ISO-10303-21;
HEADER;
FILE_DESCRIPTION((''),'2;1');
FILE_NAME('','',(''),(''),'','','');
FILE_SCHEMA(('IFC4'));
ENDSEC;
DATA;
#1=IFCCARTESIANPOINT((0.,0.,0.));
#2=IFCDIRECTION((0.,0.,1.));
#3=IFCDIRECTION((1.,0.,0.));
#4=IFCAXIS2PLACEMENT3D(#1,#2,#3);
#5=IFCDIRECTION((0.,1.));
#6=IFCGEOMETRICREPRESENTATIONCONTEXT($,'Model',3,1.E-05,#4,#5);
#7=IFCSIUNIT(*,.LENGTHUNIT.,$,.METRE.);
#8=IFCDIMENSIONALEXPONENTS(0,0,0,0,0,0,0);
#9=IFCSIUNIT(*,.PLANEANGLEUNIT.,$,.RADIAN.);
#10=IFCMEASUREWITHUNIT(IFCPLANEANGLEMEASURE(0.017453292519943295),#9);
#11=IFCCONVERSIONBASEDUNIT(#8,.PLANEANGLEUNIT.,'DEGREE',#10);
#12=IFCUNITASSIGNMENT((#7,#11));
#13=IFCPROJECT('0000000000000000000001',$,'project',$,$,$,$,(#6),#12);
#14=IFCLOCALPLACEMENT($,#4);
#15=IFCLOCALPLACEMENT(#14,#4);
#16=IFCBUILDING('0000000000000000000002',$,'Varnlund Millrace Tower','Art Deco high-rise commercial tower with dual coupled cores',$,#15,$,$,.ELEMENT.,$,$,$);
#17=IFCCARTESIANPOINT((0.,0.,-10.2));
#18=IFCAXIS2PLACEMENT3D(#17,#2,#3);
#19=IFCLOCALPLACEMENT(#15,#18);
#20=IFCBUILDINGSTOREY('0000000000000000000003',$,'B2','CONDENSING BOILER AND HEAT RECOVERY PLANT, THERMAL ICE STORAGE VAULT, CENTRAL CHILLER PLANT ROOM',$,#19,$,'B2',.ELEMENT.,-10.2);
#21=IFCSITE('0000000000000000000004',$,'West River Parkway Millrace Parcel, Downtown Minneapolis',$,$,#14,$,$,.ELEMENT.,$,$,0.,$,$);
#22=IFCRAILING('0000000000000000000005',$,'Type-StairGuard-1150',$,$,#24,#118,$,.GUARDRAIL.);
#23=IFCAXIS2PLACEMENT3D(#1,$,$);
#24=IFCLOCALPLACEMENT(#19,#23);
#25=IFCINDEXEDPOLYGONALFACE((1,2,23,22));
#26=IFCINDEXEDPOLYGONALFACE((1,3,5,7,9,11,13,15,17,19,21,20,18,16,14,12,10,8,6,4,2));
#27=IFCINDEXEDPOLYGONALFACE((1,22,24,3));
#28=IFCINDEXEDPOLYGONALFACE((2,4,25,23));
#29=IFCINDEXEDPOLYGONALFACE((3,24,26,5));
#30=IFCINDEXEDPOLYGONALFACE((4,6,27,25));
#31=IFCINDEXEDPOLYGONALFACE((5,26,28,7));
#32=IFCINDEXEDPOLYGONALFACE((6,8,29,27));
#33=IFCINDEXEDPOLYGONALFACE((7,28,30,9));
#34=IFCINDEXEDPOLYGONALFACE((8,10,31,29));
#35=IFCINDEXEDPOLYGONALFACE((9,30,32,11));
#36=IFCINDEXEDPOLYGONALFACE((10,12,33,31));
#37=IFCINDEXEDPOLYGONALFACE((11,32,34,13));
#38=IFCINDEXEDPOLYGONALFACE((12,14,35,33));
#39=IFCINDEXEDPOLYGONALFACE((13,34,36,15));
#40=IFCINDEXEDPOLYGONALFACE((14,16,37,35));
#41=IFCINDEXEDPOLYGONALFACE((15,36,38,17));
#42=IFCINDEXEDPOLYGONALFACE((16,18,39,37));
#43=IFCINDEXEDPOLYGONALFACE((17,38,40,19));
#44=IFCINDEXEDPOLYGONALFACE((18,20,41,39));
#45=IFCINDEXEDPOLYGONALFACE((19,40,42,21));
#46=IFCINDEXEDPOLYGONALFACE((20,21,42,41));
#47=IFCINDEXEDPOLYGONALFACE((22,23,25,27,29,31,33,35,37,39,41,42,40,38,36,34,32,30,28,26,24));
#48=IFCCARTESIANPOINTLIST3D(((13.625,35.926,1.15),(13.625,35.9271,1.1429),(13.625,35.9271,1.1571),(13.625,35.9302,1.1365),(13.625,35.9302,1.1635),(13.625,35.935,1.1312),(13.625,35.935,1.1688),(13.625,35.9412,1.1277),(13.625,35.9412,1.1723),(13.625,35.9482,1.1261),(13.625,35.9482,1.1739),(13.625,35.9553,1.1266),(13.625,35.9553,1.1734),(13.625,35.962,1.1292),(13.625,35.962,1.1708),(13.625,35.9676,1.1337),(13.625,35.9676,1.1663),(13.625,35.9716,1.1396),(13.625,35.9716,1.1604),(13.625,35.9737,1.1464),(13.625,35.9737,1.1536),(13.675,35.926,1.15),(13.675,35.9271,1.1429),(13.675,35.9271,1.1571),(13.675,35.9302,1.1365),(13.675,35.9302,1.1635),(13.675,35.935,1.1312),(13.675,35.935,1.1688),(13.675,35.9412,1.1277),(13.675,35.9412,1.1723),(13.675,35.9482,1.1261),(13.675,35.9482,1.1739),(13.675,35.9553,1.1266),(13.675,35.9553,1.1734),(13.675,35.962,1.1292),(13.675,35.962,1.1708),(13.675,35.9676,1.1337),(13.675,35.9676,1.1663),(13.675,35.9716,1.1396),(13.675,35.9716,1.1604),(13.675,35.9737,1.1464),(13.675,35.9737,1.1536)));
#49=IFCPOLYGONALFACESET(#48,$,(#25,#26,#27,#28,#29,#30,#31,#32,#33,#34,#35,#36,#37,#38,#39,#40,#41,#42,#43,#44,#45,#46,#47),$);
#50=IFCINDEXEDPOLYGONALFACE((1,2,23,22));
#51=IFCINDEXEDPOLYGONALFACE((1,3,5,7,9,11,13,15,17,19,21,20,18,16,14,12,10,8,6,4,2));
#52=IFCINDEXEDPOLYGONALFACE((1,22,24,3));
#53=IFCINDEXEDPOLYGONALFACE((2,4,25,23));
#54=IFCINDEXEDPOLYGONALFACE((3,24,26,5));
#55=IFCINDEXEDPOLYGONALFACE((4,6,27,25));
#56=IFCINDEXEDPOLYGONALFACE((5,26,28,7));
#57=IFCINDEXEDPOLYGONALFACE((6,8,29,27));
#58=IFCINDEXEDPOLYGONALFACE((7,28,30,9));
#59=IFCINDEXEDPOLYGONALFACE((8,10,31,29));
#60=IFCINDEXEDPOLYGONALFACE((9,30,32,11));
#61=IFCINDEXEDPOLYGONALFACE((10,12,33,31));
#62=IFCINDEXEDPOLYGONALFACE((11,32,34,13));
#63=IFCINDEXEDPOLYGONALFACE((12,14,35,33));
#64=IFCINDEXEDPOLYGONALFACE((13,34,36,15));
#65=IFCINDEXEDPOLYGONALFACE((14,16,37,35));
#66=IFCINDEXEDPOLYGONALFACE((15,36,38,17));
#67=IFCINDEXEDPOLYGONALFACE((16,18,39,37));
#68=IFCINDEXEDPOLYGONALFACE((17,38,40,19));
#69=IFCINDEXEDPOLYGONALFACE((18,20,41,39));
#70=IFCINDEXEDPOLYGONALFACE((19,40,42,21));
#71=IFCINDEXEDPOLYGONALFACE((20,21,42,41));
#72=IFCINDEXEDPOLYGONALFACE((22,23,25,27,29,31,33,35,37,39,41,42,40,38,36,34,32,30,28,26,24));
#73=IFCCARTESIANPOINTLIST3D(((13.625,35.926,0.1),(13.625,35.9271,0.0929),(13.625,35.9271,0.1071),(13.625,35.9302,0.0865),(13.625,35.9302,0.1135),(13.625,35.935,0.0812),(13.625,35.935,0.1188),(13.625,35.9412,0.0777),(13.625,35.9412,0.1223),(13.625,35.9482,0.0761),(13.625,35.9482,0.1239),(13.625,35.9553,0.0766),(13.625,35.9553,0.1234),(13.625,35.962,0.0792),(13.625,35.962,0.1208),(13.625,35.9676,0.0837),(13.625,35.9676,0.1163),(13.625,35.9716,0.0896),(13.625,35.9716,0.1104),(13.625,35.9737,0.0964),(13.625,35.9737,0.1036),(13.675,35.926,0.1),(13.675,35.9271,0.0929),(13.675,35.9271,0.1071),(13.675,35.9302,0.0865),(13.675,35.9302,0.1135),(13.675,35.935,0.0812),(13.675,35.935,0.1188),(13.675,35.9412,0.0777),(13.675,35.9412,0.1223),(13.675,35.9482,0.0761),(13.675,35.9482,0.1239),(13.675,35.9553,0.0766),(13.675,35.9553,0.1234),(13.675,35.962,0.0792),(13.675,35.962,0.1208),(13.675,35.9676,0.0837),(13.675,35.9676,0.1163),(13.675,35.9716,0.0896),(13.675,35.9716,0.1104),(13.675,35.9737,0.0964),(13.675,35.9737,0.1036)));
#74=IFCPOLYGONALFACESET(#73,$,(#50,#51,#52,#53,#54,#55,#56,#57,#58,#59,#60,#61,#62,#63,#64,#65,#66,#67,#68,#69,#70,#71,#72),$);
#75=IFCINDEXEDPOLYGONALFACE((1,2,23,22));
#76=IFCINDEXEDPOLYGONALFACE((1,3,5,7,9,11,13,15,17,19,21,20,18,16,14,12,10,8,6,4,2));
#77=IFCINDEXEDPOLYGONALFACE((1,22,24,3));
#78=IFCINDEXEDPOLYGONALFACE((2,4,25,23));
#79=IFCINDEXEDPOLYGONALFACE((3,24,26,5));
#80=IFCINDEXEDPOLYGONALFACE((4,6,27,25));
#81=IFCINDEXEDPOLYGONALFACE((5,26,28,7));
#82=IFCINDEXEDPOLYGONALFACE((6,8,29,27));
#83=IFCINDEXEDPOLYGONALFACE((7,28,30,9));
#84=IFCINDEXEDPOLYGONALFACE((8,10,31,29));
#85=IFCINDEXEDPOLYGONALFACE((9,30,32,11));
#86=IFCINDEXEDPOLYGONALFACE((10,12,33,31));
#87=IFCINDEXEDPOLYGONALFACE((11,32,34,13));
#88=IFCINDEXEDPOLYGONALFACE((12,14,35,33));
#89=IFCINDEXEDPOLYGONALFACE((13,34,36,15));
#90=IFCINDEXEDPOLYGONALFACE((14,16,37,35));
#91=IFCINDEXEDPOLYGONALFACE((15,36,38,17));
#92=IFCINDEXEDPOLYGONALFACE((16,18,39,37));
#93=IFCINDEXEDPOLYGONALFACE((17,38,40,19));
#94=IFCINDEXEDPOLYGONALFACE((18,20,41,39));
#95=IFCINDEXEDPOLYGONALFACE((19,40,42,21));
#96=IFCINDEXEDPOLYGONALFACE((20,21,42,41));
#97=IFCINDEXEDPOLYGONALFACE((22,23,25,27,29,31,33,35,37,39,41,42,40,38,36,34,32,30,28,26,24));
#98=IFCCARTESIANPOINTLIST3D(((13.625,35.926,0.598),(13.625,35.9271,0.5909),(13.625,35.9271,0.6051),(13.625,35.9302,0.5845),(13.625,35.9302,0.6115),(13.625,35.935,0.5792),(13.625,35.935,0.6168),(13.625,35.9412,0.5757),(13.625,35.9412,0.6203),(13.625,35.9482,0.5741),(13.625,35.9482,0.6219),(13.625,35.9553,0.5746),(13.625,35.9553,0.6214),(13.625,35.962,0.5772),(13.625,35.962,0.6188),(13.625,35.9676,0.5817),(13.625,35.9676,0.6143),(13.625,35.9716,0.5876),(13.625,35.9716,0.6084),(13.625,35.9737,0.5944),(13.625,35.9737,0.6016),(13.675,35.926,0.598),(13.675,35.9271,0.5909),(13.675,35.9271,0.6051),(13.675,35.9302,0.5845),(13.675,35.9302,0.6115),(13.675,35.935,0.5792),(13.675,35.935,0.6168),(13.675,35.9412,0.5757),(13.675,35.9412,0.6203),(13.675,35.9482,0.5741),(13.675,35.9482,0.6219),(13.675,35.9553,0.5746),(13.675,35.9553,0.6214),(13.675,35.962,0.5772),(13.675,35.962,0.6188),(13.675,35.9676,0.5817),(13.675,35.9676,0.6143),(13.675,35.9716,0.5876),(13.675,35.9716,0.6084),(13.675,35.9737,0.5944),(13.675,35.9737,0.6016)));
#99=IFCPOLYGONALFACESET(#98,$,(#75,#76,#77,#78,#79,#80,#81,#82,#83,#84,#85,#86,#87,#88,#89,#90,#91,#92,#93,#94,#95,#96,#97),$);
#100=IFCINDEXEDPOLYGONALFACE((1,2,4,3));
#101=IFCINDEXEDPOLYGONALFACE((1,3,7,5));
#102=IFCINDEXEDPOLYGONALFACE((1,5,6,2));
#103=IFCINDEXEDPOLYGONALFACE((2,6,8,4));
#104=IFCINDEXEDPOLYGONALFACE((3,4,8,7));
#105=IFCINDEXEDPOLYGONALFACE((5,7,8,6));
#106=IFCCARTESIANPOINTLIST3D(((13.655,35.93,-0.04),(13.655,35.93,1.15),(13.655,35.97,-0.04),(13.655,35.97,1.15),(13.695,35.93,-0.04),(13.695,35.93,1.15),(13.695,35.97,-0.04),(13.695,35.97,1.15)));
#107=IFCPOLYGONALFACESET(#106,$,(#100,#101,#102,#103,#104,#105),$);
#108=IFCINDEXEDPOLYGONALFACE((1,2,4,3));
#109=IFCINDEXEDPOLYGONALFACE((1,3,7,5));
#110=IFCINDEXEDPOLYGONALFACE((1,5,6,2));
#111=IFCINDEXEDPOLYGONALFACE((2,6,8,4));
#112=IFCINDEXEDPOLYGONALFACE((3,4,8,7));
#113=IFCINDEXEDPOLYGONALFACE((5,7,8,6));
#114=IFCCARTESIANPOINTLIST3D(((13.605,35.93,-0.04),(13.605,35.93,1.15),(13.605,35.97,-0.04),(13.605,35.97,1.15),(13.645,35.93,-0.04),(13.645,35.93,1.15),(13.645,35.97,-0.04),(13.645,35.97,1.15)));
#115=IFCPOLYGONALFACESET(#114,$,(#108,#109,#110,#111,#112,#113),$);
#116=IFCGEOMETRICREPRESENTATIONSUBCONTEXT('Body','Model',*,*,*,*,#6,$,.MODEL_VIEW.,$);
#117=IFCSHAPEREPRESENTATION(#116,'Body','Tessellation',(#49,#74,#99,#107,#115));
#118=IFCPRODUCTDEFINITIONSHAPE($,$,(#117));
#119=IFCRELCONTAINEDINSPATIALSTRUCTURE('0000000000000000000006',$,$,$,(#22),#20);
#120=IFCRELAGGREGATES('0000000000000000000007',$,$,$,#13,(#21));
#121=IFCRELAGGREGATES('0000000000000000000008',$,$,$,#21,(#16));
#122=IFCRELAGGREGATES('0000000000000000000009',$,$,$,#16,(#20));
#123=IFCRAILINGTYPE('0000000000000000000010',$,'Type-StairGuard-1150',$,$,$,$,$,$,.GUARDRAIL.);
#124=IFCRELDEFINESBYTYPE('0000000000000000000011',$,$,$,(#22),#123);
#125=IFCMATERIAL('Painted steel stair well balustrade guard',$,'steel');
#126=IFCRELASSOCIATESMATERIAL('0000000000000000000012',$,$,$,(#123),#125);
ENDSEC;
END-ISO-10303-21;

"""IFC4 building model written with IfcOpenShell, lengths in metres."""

from ifc_helpers import new_model, entity, si_unit, converted_unit, direction, frame, origin_with_axes, origin_2d_with_axis, place, context, subcontext, project, spatial, rectangle, circle, extrude, material, type_object, element, save


model = new_model("IFC4")

# Units and contexts
model_context = context("Model", 3, precision=1e-05, world=origin_with_axes(), true_north=direction((0.0, 1.0)))
body_context = subcontext(model_context, "Body", "Model", "MODEL_VIEW")
ifc_project = project(units=[si_unit("LENGTHUNIT", "METRE"), converted_unit("PLANEANGLEUNIT", "DEGREE", entity("IfcPlaneAngleMeasure", 0.017453292519943295), si_unit("PLANEANGLEUNIT", "RADIAN"), dimensions=[0, 0, 0, 0, 0, 0, 0])], contexts=[model_context])

# Site, building, storey
site_placement = place(None, origin_with_axes())
site = spatial("IfcSite", under=ifc_project, at=site_placement, Name="West River Parkway Millrace Parcel, Downtown Minneapolis", CompositionType="ELEMENT", RefElevation=0.0)
building_placement = place(site_placement, origin_with_axes())
building = spatial("IfcBuilding", under=site, at=building_placement, Name="Varnlund Millrace Tower", Description="Art Deco high-rise commercial tower with dual coupled cores", CompositionType="ELEMENT")
storey_placement = place(building_placement, frame((0.0, 0.0, -10.2), z_axis=(0.0, 0.0, 1.0), x_axis=(1.0, 0.0, 0.0)))
storey = spatial("IfcBuildingStorey", under=building, at=storey_placement, Name="B2", Description="CONDENSING BOILER AND HEAT RECOVERY PLANT, THERMAL ICE STORAGE VAULT, CENTRAL CHILLER PLANT ROOM", LongName="B2", CompositionType="ELEMENT", Elevation=-10.2)

# Railing
ifc_material_1 = material(Name="Painted steel stair well balustrade guard", Category="steel")
railing_type_1 = type_object("IfcRailingType", Name="Type-StairGuard-1150", PredefinedType="GUARDRAIL", material=ifc_material_1)
railing_1_placement = place(storey_placement, frame((0.0, 0.0, 10.2), z_axis=(0.0, 0.0, 1.0), x_axis=(1.0, 0.0, 0.0)))
element("IfcRailing", 1, at=railing_1_placement, inside=storey, type_object=railing_type_1, Name="Type-StairGuard-1150", PredefinedType="GUARDRAIL", context=body_context, shape_type="SweptSolid", body=[
    extrude(circle(Radius=0.024, at=origin_2d_with_axis()), frame((13.675, 35.95, -9.05), z_axis=(-1.0, 0.0, 0.0), x_axis=(0.0, -1.0, 0.0)), (0.0, 0.0, 1.0), 0.05),
    extrude(circle(Radius=0.024, at=origin_2d_with_axis()), frame((13.675, 35.95, -10.1), z_axis=(-1.0, 0.0, 0.0), x_axis=(0.0, -1.0, 0.0)), (0.0, 0.0, 1.0), 0.05),
    extrude(circle(Radius=0.024, at=origin_2d_with_axis()), frame((13.675, 35.95, -9.602), z_axis=(-1.0, 0.0, 0.0), x_axis=(0.0, -1.0, 0.0)), (0.0, 0.0, 1.0), 0.05),
    extrude(rectangle(XDim=0.04, YDim=0.04, at=origin_2d_with_axis()), frame((13.675, 35.95, -10.24), z_axis=(0.0, 0.0, 1.0), x_axis=(1.0, 0.0, 0.0)), (0.0, 0.0, 1.0), 1.19),
    extrude(rectangle(XDim=0.04, YDim=0.04, at=origin_2d_with_axis()), frame((13.625, 35.95, -10.24), z_axis=(0.0, 0.0, 1.0), x_axis=(1.0, 0.0, 0.0)), (0.0, 0.0, 1.0), 1.19),
])

save(model, "model.ifc")
